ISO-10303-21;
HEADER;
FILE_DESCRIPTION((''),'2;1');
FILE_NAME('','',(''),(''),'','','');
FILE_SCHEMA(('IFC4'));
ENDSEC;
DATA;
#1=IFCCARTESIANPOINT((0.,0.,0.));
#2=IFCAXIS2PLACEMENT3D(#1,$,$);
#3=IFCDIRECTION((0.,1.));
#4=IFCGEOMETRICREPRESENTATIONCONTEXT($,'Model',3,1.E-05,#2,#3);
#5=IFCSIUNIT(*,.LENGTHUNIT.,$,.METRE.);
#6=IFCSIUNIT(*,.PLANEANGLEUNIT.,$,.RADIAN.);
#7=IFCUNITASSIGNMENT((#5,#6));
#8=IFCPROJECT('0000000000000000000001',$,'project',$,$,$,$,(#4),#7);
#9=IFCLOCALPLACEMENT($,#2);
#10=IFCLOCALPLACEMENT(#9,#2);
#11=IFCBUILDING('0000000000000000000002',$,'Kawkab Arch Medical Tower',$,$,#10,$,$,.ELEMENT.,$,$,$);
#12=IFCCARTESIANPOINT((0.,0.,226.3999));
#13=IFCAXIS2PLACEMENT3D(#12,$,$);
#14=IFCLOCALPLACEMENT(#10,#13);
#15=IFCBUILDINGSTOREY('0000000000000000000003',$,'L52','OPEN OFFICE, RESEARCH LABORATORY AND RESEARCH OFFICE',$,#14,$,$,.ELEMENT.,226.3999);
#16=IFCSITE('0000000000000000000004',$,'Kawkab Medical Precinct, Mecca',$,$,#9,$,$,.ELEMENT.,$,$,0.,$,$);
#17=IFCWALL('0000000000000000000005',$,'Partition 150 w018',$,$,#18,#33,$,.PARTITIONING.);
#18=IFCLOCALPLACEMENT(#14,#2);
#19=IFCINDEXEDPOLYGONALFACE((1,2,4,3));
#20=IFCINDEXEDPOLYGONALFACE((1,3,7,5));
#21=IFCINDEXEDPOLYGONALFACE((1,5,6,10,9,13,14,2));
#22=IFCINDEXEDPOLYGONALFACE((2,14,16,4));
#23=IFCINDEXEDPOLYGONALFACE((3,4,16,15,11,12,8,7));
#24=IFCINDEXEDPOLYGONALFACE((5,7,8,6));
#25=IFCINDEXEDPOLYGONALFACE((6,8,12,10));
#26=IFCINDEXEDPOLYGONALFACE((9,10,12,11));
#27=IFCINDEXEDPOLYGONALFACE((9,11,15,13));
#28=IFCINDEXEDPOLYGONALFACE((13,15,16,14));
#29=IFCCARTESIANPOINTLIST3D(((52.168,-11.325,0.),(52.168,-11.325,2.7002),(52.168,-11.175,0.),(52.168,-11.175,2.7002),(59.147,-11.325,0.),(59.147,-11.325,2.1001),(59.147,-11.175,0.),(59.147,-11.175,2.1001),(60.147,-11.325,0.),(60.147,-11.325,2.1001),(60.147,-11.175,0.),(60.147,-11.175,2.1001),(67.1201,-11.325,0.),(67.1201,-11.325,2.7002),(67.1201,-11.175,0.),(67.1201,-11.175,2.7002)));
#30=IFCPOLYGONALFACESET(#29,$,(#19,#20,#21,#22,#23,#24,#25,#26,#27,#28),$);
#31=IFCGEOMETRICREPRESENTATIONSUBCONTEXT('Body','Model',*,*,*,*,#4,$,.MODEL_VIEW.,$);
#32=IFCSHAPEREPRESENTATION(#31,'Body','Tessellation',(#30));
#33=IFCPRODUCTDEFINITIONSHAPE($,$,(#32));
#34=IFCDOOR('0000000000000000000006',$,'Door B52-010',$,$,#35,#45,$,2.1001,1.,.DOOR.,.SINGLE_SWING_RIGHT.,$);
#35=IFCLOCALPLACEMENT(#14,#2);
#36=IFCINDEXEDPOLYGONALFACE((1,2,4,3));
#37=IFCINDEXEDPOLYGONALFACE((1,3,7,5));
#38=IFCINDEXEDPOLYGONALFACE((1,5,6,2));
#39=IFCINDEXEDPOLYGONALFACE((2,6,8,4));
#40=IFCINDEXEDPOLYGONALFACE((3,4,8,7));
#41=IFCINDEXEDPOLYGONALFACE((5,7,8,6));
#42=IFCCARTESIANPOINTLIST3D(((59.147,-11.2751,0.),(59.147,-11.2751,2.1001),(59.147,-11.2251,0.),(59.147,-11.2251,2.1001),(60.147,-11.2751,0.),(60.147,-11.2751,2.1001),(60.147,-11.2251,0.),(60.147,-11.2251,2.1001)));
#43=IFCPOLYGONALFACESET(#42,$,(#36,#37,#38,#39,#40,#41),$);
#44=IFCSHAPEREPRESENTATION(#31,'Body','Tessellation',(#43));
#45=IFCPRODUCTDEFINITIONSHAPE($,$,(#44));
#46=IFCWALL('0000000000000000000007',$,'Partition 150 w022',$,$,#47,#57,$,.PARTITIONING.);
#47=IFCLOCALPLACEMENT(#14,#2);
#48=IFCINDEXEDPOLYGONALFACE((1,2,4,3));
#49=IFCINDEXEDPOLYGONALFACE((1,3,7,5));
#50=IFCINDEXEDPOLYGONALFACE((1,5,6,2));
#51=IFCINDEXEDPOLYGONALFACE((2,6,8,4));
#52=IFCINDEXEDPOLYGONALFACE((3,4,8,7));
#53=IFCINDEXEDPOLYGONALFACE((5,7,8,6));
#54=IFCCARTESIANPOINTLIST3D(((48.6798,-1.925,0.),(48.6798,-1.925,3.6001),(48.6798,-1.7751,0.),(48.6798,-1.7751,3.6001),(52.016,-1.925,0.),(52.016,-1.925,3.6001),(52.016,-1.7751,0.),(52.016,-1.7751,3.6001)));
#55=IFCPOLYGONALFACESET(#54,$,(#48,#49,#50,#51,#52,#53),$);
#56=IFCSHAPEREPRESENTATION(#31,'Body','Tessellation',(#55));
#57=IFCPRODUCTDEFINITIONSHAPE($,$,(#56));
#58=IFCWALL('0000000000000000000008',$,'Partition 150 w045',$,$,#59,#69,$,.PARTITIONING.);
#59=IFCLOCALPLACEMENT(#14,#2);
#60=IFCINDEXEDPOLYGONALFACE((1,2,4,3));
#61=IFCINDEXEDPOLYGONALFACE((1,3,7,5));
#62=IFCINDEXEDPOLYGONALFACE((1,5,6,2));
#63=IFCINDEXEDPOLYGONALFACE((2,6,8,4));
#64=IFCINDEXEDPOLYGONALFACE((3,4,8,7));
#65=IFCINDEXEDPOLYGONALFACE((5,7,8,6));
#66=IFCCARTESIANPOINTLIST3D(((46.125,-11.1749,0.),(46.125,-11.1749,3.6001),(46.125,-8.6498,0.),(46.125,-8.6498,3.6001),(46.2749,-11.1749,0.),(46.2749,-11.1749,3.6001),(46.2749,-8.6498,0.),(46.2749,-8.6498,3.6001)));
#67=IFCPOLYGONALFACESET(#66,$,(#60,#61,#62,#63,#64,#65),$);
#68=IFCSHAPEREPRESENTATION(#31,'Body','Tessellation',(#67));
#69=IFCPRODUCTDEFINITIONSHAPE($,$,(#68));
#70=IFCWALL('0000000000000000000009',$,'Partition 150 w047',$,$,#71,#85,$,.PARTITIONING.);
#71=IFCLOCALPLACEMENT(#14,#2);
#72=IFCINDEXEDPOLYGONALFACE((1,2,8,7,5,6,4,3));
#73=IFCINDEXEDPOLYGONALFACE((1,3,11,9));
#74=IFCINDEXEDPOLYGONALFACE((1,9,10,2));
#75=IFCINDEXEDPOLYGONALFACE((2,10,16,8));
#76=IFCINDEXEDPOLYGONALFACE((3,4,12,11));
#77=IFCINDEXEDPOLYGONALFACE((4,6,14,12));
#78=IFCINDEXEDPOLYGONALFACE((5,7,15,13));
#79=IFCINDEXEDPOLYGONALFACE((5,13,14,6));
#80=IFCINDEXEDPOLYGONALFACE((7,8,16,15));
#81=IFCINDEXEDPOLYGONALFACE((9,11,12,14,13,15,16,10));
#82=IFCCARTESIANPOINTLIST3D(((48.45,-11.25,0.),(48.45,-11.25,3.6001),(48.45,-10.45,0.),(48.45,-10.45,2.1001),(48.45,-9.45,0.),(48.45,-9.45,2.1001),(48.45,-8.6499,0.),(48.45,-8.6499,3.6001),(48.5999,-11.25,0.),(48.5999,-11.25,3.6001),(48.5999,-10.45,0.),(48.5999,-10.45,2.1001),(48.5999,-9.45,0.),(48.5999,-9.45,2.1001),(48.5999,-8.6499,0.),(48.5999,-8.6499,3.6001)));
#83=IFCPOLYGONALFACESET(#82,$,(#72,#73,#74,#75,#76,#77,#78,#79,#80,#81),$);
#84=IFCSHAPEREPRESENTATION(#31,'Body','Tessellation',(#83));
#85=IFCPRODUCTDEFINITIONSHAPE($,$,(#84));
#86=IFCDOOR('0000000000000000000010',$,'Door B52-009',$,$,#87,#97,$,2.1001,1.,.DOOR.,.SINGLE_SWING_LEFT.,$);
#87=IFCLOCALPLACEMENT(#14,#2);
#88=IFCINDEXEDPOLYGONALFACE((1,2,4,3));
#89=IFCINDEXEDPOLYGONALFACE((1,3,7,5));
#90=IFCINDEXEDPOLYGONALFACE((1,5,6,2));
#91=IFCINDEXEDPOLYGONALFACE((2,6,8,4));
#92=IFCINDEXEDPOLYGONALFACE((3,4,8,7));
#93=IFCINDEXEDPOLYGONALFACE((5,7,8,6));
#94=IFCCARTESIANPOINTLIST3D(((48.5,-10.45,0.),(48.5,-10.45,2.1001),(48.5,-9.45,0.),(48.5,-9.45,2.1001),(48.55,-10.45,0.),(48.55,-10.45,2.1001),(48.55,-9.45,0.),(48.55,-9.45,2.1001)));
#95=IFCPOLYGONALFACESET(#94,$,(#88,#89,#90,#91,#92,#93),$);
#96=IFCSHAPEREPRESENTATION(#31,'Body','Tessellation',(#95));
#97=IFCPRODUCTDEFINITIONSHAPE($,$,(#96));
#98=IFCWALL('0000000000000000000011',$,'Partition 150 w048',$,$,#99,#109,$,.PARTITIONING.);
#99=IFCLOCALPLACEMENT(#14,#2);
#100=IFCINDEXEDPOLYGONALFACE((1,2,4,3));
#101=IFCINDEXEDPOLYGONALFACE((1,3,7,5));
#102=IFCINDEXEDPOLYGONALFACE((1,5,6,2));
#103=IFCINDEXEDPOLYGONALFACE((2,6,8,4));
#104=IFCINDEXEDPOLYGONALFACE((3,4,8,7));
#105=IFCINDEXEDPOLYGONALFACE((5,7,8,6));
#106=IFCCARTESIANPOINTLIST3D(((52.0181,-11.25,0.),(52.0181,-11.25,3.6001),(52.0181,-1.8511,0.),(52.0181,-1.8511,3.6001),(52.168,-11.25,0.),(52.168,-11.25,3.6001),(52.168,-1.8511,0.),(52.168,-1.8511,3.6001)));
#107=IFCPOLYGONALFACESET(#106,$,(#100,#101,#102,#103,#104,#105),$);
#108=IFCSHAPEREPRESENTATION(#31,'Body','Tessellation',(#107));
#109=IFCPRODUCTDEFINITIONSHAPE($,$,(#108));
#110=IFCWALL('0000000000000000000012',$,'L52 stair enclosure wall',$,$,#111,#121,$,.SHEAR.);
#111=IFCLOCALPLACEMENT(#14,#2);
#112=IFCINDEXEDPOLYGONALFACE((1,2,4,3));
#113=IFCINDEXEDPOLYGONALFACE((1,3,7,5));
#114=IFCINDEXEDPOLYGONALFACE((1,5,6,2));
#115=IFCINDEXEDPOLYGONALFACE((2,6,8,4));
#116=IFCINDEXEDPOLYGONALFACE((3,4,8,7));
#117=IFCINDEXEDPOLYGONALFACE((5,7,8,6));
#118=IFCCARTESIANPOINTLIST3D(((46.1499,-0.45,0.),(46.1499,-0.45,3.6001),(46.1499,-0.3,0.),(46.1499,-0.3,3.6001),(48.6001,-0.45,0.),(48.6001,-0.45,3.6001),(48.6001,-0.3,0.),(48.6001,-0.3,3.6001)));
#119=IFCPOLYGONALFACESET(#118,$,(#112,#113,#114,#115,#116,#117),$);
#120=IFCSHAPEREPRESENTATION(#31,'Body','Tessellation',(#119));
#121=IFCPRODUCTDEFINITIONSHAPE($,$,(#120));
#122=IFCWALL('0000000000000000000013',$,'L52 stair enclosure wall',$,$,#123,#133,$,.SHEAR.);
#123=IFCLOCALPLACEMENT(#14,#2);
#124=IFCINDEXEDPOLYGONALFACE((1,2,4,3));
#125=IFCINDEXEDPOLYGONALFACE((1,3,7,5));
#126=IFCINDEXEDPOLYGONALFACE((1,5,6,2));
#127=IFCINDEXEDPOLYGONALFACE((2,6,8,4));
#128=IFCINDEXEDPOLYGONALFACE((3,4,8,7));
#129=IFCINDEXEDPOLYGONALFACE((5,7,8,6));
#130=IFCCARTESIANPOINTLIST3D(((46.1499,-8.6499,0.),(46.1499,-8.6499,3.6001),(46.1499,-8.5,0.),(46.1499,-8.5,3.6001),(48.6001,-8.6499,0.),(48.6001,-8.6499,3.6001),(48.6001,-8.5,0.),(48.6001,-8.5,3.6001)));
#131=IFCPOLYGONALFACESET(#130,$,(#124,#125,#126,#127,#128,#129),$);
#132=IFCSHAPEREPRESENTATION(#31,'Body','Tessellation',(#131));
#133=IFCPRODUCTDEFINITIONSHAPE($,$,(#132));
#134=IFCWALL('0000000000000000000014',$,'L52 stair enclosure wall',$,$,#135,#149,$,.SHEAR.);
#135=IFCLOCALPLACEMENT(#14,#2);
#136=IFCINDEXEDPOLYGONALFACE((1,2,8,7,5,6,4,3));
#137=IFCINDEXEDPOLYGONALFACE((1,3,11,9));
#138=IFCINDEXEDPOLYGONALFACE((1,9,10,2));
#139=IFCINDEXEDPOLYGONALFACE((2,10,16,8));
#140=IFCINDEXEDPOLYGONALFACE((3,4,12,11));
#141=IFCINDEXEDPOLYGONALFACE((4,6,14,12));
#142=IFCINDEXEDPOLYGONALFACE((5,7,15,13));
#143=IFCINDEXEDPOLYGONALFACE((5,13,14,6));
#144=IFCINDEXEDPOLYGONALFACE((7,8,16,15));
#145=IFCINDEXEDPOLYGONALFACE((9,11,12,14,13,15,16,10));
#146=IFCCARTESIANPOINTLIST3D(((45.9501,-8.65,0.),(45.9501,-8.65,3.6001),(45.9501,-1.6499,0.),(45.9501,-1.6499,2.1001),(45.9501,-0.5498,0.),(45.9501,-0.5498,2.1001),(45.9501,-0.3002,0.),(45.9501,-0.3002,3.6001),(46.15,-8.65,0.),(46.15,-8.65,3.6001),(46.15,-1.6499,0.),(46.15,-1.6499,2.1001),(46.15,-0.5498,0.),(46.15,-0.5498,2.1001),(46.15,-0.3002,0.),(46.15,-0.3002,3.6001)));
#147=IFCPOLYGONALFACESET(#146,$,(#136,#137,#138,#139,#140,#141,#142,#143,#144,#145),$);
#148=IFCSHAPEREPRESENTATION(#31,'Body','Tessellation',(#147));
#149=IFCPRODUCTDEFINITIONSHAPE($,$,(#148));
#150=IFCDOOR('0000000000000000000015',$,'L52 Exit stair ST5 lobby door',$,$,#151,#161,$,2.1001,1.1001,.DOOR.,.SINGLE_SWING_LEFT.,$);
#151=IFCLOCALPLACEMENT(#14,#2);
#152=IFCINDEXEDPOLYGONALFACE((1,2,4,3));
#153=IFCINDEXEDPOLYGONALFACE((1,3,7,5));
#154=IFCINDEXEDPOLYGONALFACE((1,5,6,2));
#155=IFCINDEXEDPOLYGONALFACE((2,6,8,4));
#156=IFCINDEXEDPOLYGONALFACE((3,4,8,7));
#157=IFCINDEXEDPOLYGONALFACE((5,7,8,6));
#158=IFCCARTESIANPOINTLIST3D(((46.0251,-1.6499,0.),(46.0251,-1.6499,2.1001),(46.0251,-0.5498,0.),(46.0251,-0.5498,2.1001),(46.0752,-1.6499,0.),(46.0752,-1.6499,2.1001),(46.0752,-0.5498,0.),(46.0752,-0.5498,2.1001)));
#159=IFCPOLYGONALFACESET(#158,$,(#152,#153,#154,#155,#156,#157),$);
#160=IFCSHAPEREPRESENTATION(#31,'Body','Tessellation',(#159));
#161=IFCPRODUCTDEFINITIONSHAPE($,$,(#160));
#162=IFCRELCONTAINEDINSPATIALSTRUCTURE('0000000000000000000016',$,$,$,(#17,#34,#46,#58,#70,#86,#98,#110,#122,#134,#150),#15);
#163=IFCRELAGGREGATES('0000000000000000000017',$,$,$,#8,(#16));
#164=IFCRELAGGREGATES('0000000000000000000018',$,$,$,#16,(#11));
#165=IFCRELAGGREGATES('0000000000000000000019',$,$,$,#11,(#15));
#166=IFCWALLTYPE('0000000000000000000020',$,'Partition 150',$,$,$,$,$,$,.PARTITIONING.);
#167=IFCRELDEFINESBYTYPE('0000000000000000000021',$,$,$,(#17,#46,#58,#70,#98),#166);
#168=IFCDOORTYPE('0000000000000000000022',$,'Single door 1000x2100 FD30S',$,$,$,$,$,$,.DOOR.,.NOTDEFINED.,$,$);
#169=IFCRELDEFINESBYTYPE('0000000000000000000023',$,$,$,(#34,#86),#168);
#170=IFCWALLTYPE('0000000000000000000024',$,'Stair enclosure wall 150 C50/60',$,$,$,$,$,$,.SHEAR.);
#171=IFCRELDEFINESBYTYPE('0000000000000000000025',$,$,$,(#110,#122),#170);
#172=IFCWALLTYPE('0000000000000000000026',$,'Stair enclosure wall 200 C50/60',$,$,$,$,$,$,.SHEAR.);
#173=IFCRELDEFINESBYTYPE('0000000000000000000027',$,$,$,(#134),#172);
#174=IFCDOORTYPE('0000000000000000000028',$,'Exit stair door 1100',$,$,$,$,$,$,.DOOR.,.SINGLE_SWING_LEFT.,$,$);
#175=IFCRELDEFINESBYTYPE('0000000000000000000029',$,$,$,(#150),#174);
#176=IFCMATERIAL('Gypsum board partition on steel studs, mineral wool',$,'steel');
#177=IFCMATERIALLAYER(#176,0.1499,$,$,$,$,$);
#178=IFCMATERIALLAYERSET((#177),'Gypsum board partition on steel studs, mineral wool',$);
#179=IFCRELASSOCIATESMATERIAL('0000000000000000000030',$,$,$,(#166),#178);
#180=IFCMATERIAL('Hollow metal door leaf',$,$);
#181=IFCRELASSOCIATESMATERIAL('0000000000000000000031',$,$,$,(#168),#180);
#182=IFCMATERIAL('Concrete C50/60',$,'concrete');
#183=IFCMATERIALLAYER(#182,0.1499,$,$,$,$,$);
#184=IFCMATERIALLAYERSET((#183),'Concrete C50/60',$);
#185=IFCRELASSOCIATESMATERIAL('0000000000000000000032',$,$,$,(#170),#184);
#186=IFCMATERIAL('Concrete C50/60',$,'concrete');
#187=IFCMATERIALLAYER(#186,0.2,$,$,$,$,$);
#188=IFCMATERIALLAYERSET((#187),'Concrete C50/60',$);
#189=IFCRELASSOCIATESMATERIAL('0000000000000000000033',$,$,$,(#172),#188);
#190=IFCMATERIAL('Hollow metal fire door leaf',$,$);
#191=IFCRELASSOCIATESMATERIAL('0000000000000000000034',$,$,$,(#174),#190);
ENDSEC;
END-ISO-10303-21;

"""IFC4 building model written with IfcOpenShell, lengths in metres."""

from ifc_helpers import new_model, si_unit, direction, frame, frame_2d, origin, place, context, subcontext, project, spatial, rectangle, extrude, material, layer, layer_set, type_object, element, fill, save


model = new_model("IFC4")

# Units and contexts
model_context = context("Model", 3, precision=1e-05, world=origin(), true_north=direction((0.0, 1.0)))
body_context = subcontext(model_context, "Body", "Model", "MODEL_VIEW")
ifc_project = project(units=[si_unit("LENGTHUNIT", "METRE"), si_unit("PLANEANGLEUNIT", "RADIAN")], contexts=[model_context])

# Site, building, storey
site_placement = place(None, origin())
site = spatial("IfcSite", under=ifc_project, at=site_placement, Name="Kawkab Medical Precinct, Mecca", CompositionType="ELEMENT", RefElevation=0.0)
building_placement = place(site_placement, origin())
building = spatial("IfcBuilding", under=site, at=building_placement, Name="Kawkab Arch Medical Tower", CompositionType="ELEMENT")
storey_placement = place(building_placement, frame((0.0, 0.0, 226.3999)))
storey = spatial("IfcBuildingStorey", under=building, at=storey_placement, Name="L52", Description="OPEN OFFICE, RESEARCH LABORATORY AND RESEARCH OFFICE", CompositionType="ELEMENT", Elevation=226.3999)

# Wall, opening, door
ifc_material_1 = material(Name="Gypsum board partition on steel studs, mineral wool", Category="steel")
ifc_layer_1 = layer(ifc_material_1, 0.1499)
ifc_layer_set_1 = layer_set([ifc_layer_1], Name="Gypsum board partition on steel studs, mineral wool")
wall_type_1 = type_object("IfcWallType", Name="Partition 150", PredefinedType="PARTITIONING", material=ifc_layer_set_1)
wall_1_placement = place(storey_placement, frame((52.168, -11.25, 0.0), z_axis=(0.0, 0.0, 1.0), x_axis=(1.0, 0.0, 0.0)))
wall_1 = element("IfcWall", 1, at=wall_1_placement, inside=storey, type_object=wall_type_1, Name="Partition 150 w018", PredefinedType="PARTITIONING", context=body_context, shape_type="SweptSolid", body=[
    extrude(rectangle(XDim=14.9521, YDim=0.1499, at=frame_2d((7.4761, 0.0))), origin(), (0.0, 0.0, 1.0), 2.7002),
])
opening_1_placement = place(wall_1_placement, frame((6.979, 0.0, 0.0)))
opening_1 = element("IfcOpeningElement", 2, at=opening_1_placement, cuts=wall_1, PredefinedType="OPENING", context=body_context, shape_type="SweptSolid", body=[
    extrude(rectangle(XDim=1.0, YDim=2.1001, at=frame_2d((0.5, 1.05))), frame((0.0, 0.085, 0.0), z_axis=(0.0, -1.0, 0.0), x_axis=(1.0, 0.0, 0.0)), (0.0, 0.0, 1.0), 0.1699),
])
ifc_material_2 = material(Name="Hollow metal door leaf")
door_type_1 = type_object("IfcDoorType", Name="Single door 1000x2100 FD30S", OperationType="NOTDEFINED", PredefinedType="DOOR", material=ifc_material_2)
door_1_placement = place(opening_1_placement, origin())
door_1 = element("IfcDoor", 3, at=door_1_placement, inside=storey, type_object=door_type_1, Name="Door B52-010", OperationType="SINGLE_SWING_RIGHT", OverallHeight=2.1001, OverallWidth=1.0, PredefinedType="DOOR", context=body_context, shape_type="SweptSolid", body=[
    extrude(rectangle(XDim=1.0, YDim=2.1001, at=frame_2d((0.5, 1.05))), frame((0.0, 0.0249, 0.0), z_axis=(0.0, -1.0, 0.0), x_axis=(1.0, 0.0, 0.0)), (0.0, 0.0, 1.0), 0.05),
])
fill(opening_1, door_1)

# Walls
wall_2_placement = place(storey_placement, frame((48.6799, -1.8501, 0.0), z_axis=(0.0, 0.0, 1.0), x_axis=(1.0, 0.0, 0.0)))
element("IfcWall", 4, at=wall_2_placement, inside=storey, type_object=wall_type_1, Name="Partition 150 w022", PredefinedType="PARTITIONING", context=body_context, shape_type="SweptSolid", body=[
    extrude(rectangle(XDim=3.3362, YDim=0.1499, at=frame_2d((1.668, 0.0))), origin(), (0.0, 0.0, 1.0), 3.6001),
])
wall_3_placement = place(storey_placement, frame((46.2, -11.175, 0.0), z_axis=(0.0, 0.0, 1.0), x_axis=(0.0, 1.0, 0.0)))
element("IfcWall", 5, at=wall_3_placement, inside=storey, type_object=wall_type_1, Name="Partition 150 w045", PredefinedType="PARTITIONING", context=body_context, shape_type="SweptSolid", body=[
    extrude(rectangle(XDim=2.5251, YDim=0.1499, at=frame_2d((1.2627, 0.0))), origin(), (0.0, 0.0, 1.0), 3.6001),
])

# Wall, opening, door
wall_4_placement = place(storey_placement, frame((48.5249, -11.25, 0.0), z_axis=(0.0, 0.0, 1.0), x_axis=(0.0, 1.0, 0.0)))
wall_4 = element("IfcWall", 6, at=wall_4_placement, inside=storey, type_object=wall_type_1, Name="Partition 150 w047", PredefinedType="PARTITIONING", context=body_context, shape_type="SweptSolid", body=[
    extrude(rectangle(XDim=2.6001, YDim=0.1499, at=frame_2d((1.3, 0.0))), origin(), (0.0, 0.0, 1.0), 3.6001),
])
opening_2_placement = place(wall_4_placement, frame((0.8, 0.0, 0.0)))
opening_2 = element("IfcOpeningElement", 7, at=opening_2_placement, cuts=wall_4, PredefinedType="OPENING", context=body_context, shape_type="SweptSolid", body=[
    extrude(rectangle(XDim=1.0, YDim=2.1001, at=frame_2d((0.5, 1.05))), frame((0.0, 0.085, 0.0), z_axis=(0.0, -1.0, 0.0), x_axis=(1.0, 0.0, 0.0)), (0.0, 0.0, 1.0), 0.1699),
])
door_2_placement = place(opening_2_placement, origin())
door_2 = element("IfcDoor", 8, at=door_2_placement, inside=storey, type_object=door_type_1, Name="Door B52-009", OperationType="SINGLE_SWING_LEFT", OverallHeight=2.1001, OverallWidth=1.0, PredefinedType="DOOR", context=body_context, shape_type="SweptSolid", body=[
    extrude(rectangle(XDim=1.0, YDim=2.1001, at=frame_2d((0.5, 1.05))), frame((0.0, 0.0249, 0.0), z_axis=(0.0, -1.0, 0.0), x_axis=(1.0, 0.0, 0.0)), (0.0, 0.0, 1.0), 0.05),
])
fill(opening_2, door_2)

# Walls
wall_5_placement = place(storey_placement, frame((52.093, -11.25, 0.0), z_axis=(0.0, 0.0, 1.0), x_axis=(0.0, 1.0, 0.0)))
element("IfcWall", 9, at=wall_5_placement, inside=storey, type_object=wall_type_1, Name="Partition 150 w048", PredefinedType="PARTITIONING", context=body_context, shape_type="SweptSolid", body=[
    extrude(rectangle(XDim=9.3989, YDim=0.1499, at=frame_2d((4.6995, 0.0))), origin(), (0.0, 0.0, 1.0), 3.6001),
])
ifc_material_3 = material(Name="Concrete C50/60", Category="concrete")
ifc_layer_2 = layer(ifc_material_3, 0.1499)
ifc_layer_set_2 = layer_set([ifc_layer_2], Name="Concrete C50/60")
wall_type_2 = type_object("IfcWallType", Name="Stair enclosure wall 150 C50/60", PredefinedType="SHEAR", material=ifc_layer_set_2)
for number, where, z_axis, x_axis, name in (
    (10, (46.1499, -0.375, 0.0), (0.0, 0.0, 1.0), (1.0, 0.0, 0.0), "L52 stair enclosure wall"),
    (11, (46.1499, -8.575, 0.0), (0.0, 0.0, 1.0), (1.0, 0.0, 0.0), "L52 stair enclosure wall"),
):
    element("IfcWall", number, at=place(storey_placement, frame(where, z_axis=z_axis, x_axis=x_axis)), inside=storey, type_object=wall_type_2, Name=name, PredefinedType="SHEAR", context=body_context, shape_type="SweptSolid", body=[
        extrude(rectangle(XDim=2.4502, YDim=0.1499, at=frame_2d((1.2251, 0.0))), origin(), (0.0, 0.0, 1.0), 3.6001),
    ])

# Wall, opening, door
ifc_material_4 = material(Name="Concrete C50/60", Category="concrete")
ifc_layer_3 = layer(ifc_material_4, 0.2)
ifc_layer_set_3 = layer_set([ifc_layer_3], Name="Concrete C50/60")
wall_type_3 = type_object("IfcWallType", Name="Stair enclosure wall 200 C50/60", PredefinedType="SHEAR", material=ifc_layer_set_3)
wall_6_placement = place(storey_placement, frame((46.05, -8.6499, 0.0), z_axis=(0.0, 0.0, 1.0), x_axis=(0.0, 1.0, 0.0)))
wall_6 = element("IfcWall", 12, at=wall_6_placement, inside=storey, type_object=wall_type_3, Name="L52 stair enclosure wall", PredefinedType="SHEAR", context=body_context, shape_type="SweptSolid", body=[
    extrude(rectangle(XDim=8.3499, YDim=0.2, at=frame_2d((4.1748, 0.0))), origin(), (0.0, 0.0, 1.0), 3.6001),
])
opening_3_placement = place(wall_6_placement, frame((7.0, 0.0, 0.0)))
opening_3 = element("IfcOpeningElement", 13, at=opening_3_placement, cuts=wall_6, PredefinedType="OPENING", context=body_context, shape_type="SweptSolid", body=[
    extrude(rectangle(XDim=1.1001, YDim=2.1001, at=frame_2d((0.55, 1.05))), frame((0.0, 0.1099, 0.0), z_axis=(0.0, -1.0, 0.0), x_axis=(1.0, 0.0, 0.0)), (0.0, 0.0, 1.0), 0.22),
])
ifc_material_5 = material(Name="Hollow metal fire door leaf")
door_type_2 = type_object("IfcDoorType", Name="Exit stair door 1100", OperationType="SINGLE_SWING_LEFT", PredefinedType="DOOR", material=ifc_material_5)
door_3_placement = place(opening_3_placement, origin())
door_3 = element("IfcDoor", 14, at=door_3_placement, inside=storey, type_object=door_type_2, Name="L52 Exit stair ST5 lobby door", OperationType="SINGLE_SWING_LEFT", OverallHeight=2.1001, OverallWidth=1.1001, PredefinedType="DOOR", context=body_context, shape_type="SweptSolid", body=[
    extrude(rectangle(XDim=1.1001, YDim=2.1001, at=frame_2d((0.55, 1.05))), frame((0.0, 0.0249, 0.0), z_axis=(0.0, -1.0, 0.0), x_axis=(1.0, 0.0, 0.0)), (0.0, 0.0, 1.0), 0.05),
])
fill(opening_3, door_3)

save(model, "model.ifc")
